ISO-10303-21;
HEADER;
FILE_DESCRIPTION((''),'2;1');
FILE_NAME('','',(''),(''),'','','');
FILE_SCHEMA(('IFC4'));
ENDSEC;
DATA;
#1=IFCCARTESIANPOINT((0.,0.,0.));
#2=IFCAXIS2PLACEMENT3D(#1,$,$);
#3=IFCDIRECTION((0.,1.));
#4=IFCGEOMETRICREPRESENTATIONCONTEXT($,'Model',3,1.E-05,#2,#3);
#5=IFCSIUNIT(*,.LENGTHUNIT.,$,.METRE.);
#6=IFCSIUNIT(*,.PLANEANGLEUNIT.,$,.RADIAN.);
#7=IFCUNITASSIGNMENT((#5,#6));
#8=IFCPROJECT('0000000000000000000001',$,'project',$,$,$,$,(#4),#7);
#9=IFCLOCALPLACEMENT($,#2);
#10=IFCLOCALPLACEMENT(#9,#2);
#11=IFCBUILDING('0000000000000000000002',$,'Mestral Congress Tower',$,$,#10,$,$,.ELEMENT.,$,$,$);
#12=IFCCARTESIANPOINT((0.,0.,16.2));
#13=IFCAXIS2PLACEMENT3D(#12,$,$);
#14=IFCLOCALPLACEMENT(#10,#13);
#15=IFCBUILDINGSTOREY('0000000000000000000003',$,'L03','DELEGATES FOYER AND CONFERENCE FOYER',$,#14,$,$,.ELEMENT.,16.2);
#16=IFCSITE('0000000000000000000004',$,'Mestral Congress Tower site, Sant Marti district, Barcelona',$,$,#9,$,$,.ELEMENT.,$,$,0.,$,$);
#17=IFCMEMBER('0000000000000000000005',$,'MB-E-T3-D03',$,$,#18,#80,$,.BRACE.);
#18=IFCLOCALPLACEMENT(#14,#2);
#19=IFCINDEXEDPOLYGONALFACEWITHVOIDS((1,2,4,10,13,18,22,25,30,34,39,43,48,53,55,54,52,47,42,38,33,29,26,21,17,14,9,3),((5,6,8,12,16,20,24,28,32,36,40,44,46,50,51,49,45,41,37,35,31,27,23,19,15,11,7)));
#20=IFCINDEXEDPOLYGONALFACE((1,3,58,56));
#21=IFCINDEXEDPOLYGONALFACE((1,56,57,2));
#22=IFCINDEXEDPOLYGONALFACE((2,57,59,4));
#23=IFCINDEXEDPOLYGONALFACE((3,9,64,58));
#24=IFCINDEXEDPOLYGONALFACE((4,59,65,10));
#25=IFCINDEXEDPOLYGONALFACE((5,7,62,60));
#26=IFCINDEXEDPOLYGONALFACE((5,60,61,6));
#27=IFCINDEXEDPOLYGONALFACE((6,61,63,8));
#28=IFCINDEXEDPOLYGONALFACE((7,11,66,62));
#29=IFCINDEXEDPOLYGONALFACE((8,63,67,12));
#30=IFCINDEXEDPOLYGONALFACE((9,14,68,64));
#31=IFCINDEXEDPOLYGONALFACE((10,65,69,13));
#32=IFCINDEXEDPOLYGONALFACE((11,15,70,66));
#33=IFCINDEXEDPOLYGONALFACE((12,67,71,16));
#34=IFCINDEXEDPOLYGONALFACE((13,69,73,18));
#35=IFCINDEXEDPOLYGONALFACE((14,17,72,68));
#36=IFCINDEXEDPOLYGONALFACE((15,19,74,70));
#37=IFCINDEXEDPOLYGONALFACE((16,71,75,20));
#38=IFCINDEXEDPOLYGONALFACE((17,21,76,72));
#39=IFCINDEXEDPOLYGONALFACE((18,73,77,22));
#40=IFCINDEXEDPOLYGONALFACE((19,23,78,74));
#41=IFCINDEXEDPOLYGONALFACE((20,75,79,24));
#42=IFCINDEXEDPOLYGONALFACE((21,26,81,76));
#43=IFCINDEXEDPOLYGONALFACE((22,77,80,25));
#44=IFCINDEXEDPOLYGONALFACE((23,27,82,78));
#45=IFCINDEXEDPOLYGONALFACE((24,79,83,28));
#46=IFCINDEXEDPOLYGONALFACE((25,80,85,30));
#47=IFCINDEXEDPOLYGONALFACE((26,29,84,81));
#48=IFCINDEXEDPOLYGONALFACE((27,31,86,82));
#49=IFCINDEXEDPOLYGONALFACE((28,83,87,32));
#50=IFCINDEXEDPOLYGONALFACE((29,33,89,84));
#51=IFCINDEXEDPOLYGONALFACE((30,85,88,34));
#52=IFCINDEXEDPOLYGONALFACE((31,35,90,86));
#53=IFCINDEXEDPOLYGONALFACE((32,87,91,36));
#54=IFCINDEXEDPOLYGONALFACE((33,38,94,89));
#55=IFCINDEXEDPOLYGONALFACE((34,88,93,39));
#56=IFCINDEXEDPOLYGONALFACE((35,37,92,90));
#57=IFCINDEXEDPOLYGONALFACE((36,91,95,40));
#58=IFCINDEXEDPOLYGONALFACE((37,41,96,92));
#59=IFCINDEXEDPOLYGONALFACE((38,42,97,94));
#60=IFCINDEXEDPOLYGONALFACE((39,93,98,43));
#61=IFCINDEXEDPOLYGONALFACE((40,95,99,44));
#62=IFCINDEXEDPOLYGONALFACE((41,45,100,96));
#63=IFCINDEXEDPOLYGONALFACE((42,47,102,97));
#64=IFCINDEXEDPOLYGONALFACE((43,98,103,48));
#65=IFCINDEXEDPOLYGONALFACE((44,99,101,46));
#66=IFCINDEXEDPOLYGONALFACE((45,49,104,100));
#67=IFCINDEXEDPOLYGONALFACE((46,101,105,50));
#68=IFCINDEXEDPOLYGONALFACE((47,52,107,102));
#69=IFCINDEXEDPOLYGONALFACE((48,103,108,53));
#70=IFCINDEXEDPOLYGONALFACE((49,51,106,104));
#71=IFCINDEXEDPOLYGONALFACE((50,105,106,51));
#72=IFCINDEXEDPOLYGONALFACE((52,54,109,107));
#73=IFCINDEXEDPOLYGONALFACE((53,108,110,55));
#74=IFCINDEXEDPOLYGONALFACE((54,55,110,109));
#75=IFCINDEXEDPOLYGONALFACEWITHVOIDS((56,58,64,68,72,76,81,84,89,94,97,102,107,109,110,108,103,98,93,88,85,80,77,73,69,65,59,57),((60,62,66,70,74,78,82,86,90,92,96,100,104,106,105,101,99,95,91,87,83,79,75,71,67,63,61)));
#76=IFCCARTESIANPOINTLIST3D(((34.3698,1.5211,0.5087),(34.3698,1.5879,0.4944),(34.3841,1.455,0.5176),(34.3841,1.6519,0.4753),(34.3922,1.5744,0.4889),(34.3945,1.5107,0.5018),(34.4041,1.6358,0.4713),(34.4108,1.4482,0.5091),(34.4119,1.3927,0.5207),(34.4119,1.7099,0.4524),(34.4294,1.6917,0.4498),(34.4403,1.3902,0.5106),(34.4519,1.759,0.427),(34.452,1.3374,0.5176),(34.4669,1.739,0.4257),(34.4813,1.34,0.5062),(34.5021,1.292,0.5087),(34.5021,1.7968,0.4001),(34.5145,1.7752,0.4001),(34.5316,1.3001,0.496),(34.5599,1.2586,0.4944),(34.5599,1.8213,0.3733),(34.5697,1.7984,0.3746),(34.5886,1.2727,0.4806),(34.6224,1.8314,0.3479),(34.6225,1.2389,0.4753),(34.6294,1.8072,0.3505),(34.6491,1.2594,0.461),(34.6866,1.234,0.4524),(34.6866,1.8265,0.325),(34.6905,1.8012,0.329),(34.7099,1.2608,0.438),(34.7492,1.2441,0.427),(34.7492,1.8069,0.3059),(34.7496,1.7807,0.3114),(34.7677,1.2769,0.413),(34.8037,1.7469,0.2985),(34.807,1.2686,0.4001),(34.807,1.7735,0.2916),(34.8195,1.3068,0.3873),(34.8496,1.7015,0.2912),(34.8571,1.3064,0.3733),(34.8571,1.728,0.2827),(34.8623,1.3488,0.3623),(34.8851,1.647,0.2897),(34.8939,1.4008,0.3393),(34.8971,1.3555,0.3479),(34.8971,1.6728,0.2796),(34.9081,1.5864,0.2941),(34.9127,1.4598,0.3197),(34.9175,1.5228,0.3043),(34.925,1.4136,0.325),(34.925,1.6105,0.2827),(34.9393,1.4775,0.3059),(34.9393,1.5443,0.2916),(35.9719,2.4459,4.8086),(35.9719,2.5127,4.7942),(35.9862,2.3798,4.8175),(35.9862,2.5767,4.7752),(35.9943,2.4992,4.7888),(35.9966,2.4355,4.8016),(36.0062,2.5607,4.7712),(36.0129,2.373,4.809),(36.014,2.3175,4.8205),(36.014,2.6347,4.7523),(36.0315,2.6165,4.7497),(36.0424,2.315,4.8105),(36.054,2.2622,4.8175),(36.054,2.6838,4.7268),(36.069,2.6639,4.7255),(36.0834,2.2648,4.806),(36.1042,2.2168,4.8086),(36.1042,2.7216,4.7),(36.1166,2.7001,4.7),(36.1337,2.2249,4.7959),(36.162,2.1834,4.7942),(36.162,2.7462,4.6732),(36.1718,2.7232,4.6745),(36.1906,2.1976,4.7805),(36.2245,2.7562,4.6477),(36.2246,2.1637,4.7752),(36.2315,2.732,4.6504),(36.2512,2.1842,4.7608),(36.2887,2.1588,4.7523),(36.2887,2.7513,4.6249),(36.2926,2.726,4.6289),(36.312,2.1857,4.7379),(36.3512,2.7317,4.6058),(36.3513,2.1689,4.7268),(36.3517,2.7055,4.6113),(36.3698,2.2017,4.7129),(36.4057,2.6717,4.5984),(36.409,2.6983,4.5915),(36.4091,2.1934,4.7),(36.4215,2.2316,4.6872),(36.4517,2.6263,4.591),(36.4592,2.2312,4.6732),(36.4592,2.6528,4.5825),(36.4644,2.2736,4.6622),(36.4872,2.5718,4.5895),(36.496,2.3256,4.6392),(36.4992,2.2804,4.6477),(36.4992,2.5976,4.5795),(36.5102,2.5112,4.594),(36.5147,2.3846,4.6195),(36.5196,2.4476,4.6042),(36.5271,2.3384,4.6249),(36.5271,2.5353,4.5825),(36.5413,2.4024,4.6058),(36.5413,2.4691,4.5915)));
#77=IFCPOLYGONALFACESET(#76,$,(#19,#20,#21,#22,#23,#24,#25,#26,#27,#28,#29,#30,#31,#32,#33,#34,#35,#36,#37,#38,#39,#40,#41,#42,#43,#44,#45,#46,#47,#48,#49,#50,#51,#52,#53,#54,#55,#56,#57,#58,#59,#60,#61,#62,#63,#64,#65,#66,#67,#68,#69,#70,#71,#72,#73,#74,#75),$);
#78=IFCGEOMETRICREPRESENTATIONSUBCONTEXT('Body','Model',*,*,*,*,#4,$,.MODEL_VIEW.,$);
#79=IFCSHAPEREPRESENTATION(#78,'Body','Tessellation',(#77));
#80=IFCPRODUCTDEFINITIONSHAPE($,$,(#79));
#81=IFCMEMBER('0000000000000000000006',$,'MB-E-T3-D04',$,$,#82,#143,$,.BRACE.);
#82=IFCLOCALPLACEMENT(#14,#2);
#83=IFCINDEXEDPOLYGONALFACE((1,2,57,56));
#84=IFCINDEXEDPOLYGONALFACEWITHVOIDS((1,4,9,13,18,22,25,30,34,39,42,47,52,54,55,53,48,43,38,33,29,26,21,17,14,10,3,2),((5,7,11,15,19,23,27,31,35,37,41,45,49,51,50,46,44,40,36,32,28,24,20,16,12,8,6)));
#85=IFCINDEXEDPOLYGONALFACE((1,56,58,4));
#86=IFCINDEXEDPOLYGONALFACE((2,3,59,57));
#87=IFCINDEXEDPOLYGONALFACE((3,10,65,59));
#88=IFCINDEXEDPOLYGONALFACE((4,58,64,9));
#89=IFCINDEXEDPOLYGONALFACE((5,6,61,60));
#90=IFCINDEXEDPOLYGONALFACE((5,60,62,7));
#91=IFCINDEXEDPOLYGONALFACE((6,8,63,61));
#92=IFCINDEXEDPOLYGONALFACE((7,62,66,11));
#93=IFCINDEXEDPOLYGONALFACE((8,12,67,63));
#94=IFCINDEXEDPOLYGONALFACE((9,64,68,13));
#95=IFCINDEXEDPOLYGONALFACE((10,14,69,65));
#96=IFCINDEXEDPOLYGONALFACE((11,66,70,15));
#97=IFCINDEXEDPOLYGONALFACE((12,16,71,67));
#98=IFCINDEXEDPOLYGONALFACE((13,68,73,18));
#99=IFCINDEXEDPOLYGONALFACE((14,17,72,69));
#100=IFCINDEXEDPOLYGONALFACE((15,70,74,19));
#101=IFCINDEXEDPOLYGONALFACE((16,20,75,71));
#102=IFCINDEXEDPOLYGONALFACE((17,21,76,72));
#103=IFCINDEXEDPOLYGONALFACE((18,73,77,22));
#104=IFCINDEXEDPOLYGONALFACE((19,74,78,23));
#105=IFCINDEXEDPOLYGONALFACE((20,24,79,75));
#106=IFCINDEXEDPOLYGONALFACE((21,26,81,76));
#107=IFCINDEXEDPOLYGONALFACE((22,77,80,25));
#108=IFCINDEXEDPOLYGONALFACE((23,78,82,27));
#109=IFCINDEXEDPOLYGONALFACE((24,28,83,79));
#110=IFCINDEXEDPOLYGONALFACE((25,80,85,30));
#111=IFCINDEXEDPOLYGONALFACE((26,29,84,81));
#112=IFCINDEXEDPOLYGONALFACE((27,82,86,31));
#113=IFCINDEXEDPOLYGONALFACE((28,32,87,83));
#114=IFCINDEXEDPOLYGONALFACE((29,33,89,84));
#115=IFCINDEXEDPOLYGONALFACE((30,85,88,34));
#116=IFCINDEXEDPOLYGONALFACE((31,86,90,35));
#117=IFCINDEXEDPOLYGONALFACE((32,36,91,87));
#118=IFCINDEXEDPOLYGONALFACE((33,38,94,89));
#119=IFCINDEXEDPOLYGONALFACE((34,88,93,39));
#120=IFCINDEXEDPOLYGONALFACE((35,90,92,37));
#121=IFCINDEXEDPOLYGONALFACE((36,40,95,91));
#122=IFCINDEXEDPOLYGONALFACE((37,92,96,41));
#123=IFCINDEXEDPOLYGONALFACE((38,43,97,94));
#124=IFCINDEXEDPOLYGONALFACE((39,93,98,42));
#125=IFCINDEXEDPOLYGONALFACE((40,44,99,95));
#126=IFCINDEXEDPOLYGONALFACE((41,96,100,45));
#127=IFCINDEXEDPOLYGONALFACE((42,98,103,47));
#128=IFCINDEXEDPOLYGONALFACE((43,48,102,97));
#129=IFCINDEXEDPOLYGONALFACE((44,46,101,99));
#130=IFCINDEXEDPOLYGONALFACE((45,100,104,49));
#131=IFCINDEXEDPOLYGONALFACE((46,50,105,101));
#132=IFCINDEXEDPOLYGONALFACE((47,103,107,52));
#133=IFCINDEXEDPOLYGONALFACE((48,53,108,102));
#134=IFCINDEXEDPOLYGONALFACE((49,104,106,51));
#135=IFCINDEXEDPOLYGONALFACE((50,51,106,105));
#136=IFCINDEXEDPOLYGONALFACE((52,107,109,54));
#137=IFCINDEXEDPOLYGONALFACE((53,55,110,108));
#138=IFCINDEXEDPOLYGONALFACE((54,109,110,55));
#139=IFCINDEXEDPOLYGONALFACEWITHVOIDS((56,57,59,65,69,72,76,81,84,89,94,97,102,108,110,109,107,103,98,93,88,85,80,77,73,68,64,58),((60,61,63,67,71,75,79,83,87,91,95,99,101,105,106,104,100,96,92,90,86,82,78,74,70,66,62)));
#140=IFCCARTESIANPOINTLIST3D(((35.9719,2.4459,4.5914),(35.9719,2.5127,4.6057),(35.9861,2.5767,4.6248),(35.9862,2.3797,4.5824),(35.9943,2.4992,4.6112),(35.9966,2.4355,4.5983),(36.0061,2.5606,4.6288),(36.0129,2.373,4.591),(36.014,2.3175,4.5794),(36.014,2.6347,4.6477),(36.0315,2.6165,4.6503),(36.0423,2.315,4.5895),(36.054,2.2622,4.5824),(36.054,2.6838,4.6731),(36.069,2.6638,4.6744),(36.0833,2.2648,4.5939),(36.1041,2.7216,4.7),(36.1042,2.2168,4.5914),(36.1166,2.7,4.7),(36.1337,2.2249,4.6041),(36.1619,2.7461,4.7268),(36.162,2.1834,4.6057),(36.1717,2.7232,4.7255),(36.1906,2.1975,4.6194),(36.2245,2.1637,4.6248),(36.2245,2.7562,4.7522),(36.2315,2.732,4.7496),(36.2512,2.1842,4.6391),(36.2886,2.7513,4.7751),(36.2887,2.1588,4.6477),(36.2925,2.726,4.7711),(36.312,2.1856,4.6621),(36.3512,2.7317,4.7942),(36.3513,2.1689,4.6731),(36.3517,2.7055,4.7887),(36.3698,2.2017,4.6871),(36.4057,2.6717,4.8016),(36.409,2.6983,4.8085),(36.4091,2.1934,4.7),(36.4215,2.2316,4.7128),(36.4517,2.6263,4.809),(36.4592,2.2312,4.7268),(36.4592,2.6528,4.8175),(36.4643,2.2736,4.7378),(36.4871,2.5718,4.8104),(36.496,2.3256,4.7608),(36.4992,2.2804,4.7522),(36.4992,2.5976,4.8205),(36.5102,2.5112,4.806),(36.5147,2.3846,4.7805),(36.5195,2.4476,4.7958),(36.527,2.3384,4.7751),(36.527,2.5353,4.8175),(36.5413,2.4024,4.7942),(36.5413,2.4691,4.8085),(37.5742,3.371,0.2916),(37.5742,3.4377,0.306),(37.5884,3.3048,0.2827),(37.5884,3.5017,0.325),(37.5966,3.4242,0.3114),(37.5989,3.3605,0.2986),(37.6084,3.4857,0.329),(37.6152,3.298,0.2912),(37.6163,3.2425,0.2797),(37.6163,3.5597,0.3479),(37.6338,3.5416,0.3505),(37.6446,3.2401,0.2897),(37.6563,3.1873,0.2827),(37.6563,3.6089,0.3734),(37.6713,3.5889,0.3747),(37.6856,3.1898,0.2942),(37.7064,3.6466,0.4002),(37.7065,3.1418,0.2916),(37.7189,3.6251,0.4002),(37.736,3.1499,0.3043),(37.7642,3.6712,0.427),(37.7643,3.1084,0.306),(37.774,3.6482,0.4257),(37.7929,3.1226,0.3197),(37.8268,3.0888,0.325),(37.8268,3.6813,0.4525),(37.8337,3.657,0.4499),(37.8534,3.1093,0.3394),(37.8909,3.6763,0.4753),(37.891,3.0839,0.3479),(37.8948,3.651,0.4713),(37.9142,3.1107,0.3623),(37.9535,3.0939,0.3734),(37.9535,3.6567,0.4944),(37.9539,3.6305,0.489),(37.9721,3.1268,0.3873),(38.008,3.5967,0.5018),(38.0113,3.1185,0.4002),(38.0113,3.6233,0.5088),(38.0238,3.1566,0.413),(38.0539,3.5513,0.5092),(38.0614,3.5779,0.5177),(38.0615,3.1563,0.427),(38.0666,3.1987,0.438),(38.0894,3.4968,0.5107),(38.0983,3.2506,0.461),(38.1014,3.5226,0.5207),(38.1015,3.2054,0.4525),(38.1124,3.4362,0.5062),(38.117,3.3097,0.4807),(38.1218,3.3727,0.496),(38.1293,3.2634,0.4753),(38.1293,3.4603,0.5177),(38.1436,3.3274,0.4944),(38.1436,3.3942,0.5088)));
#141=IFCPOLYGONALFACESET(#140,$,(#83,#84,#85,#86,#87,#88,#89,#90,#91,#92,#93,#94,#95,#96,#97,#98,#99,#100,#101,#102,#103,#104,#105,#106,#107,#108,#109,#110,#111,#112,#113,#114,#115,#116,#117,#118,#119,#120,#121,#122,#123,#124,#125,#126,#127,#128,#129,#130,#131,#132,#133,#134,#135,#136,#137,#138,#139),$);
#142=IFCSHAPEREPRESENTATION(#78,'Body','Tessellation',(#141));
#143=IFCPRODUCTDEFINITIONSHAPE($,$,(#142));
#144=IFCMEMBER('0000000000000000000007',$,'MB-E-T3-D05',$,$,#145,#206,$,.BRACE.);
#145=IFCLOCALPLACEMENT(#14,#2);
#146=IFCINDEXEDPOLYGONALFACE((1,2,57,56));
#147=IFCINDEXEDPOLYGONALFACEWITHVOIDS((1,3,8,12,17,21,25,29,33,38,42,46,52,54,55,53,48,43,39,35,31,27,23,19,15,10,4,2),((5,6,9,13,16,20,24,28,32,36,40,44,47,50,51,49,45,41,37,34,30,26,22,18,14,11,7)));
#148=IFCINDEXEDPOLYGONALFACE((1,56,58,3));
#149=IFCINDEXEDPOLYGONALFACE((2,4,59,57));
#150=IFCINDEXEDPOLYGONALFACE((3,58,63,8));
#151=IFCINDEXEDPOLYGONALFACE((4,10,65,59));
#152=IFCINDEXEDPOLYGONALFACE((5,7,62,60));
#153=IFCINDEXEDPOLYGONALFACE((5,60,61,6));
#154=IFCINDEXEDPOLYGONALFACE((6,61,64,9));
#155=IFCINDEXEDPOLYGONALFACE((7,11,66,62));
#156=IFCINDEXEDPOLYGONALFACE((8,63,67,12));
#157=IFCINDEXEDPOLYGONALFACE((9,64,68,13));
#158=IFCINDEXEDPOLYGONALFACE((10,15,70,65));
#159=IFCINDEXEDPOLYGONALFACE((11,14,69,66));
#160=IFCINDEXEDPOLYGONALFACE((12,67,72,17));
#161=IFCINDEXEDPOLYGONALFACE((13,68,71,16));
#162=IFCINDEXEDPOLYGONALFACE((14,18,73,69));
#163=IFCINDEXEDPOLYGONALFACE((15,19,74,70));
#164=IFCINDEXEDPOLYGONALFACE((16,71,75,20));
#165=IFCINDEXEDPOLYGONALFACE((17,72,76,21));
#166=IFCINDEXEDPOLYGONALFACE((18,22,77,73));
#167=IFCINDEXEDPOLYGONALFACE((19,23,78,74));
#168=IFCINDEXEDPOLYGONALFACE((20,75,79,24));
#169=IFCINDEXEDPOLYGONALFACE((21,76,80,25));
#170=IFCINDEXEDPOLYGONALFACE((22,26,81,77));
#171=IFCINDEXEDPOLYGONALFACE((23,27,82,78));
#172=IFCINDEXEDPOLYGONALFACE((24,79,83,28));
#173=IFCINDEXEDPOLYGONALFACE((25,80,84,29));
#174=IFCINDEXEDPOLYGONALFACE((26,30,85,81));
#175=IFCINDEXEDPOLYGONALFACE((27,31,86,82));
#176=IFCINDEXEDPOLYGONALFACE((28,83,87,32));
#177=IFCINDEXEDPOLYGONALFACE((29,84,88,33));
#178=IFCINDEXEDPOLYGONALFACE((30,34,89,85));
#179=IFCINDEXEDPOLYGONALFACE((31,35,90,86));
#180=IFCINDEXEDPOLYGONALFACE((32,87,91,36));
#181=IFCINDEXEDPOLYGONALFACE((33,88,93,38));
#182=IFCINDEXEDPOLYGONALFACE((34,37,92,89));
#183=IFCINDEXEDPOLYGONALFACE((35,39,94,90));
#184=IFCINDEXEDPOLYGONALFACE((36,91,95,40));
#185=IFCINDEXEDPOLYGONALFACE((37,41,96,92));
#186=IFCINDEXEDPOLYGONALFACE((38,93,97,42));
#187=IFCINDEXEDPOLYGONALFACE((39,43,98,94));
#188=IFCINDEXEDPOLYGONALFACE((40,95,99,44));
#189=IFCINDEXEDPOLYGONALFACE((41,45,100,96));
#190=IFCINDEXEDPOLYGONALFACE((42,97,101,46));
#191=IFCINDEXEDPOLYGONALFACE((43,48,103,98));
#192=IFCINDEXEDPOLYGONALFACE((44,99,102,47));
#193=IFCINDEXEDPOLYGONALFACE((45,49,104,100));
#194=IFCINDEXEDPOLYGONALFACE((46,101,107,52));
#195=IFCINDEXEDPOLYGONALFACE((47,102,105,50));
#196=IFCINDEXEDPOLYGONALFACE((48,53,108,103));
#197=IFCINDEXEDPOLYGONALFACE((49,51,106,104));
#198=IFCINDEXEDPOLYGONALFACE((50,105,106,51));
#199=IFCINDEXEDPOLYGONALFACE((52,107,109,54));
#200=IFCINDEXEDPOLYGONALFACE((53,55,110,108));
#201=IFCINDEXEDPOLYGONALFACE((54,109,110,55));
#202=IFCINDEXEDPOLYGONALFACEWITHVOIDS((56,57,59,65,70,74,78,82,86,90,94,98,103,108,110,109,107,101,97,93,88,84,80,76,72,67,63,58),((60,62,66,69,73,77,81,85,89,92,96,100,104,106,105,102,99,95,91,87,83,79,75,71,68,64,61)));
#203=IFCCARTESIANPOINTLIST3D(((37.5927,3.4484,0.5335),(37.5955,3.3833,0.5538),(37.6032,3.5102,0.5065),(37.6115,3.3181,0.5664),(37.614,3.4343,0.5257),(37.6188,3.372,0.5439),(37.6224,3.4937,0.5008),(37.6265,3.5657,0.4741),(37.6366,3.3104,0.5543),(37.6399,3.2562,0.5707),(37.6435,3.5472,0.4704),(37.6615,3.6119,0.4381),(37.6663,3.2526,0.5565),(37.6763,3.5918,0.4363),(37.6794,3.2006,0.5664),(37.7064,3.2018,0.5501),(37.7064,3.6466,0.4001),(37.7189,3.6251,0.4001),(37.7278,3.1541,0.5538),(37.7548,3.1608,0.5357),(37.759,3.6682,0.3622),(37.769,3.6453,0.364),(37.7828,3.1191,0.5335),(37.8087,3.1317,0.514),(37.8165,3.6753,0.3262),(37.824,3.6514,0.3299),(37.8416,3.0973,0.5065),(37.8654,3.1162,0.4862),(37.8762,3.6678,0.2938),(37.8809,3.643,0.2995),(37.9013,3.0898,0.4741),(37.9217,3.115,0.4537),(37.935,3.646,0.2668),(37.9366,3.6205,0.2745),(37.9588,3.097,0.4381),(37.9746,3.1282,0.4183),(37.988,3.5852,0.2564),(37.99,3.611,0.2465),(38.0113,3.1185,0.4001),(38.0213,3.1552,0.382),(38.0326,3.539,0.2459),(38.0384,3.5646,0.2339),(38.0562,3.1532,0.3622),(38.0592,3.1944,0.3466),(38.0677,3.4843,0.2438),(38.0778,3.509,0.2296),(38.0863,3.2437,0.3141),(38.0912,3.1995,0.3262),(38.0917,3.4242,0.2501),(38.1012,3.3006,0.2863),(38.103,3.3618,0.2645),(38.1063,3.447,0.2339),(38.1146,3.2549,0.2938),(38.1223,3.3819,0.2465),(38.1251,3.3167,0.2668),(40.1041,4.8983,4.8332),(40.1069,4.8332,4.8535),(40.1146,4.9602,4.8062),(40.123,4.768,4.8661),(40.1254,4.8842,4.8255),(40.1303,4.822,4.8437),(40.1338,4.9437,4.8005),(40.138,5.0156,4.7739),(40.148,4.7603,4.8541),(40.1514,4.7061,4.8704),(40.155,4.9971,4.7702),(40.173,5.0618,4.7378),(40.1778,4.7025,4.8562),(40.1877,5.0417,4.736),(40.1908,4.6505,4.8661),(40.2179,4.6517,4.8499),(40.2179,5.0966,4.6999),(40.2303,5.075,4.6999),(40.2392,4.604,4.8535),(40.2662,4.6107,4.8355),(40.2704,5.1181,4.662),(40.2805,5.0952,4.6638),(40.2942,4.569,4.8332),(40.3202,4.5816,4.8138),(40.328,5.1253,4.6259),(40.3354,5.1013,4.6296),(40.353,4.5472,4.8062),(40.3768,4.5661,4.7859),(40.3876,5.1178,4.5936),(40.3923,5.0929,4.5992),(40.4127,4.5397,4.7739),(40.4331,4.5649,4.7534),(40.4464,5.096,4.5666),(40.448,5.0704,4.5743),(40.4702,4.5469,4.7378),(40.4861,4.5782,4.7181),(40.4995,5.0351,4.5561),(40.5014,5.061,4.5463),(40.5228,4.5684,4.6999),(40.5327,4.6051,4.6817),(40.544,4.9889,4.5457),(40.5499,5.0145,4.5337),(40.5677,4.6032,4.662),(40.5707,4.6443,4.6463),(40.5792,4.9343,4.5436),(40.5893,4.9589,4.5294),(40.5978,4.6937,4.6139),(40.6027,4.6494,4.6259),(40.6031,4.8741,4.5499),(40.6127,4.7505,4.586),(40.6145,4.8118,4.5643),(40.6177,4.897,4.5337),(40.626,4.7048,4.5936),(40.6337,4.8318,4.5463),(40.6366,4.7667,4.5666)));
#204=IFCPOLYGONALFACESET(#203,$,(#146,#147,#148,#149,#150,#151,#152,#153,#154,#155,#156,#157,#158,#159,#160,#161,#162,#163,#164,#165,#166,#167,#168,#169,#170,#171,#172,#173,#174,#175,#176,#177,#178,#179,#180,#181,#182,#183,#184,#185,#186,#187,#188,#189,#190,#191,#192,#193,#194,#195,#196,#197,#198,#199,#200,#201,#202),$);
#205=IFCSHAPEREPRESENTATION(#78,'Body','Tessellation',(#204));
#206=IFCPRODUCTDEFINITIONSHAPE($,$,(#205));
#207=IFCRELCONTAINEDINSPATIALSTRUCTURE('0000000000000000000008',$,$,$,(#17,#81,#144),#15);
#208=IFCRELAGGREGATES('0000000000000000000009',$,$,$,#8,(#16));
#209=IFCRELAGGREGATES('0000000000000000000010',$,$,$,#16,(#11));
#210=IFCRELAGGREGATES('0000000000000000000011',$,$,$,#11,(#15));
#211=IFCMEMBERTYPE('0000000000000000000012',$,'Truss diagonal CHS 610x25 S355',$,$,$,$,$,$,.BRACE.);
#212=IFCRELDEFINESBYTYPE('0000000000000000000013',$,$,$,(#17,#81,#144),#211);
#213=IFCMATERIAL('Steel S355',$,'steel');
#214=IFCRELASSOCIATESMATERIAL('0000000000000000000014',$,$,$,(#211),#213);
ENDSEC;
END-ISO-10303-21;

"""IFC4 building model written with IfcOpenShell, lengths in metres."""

from ifc_helpers import new_model, si_unit, direction, frame, origin, origin_2d, place, context, subcontext, project, spatial, hollow_circle, extrude, material, material_profile, profile_set, type_object, element, save


model = new_model("IFC4")

# Units and contexts
model_context = context("Model", 3, precision=1e-05, world=origin(), true_north=direction((0.0, 1.0)))
body_context = subcontext(model_context, "Body", "Model", "MODEL_VIEW")
ifc_project = project(units=[si_unit("LENGTHUNIT", "METRE"), si_unit("PLANEANGLEUNIT", "RADIAN")], contexts=[model_context])

# Site, building, storey
site_placement = place(None, origin())
site = spatial("IfcSite", under=ifc_project, at=site_placement, Name="Mestral Congress Tower site, Sant Marti district, Barcelona", CompositionType="ELEMENT", RefElevation=0.0)
building_placement = place(site_placement, origin())
building = spatial("IfcBuilding", under=site, at=building_placement, Name="Mestral Congress Tower", CompositionType="ELEMENT")
storey_placement = place(building_placement, frame((0.0, 0.0, 16.2)))
storey = spatial("IfcBuildingStorey", under=building, at=storey_placement, Name="L03", Description="DELEGATES FOYER AND CONFERENCE FOYER", CompositionType="ELEMENT", Elevation=16.2)

# Members
ifc_material_1 = material(Name="Steel S355", Category="steel")
ifc_material_profile_1 = material_profile(ifc_material_1, hollow_circle(Radius=0.3049, WallThickness=0.0249, at=origin_2d()), Name="CHS 610x25")
ifc_profile_set_1 = profile_set([ifc_material_profile_1], Name="Steel S355")
member_type_1 = type_object("IfcMemberType", Name="Truss diagonal CHS 610x25 S355", PredefinedType="BRACE", material=ifc_profile_set_1)
for number, where, z_axis, x_axis, name in (
    (1, (34.6545, 1.5327, 0.4001), (0.342258, 0.197573, 0.918599), (-0.499943, 0.866058, 0.0), "MB-E-T3-D03"),
    (2, (36.2566, 2.4575, 4.7), (0.342301, 0.197619, -0.918573), (-0.499985, 0.866034, 0.0), "MB-E-T3-D04"),
):
    element("IfcMember", number, at=place(storey_placement, frame(where, z_axis=z_axis, x_axis=x_axis)), inside=storey, type_object=member_type_1, Name=name, PredefinedType="BRACE", context=body_context, shape_type="SweptSolid", body=[
        extrude(hollow_circle(Radius=0.3049, WallThickness=0.0249, at=origin_2d()), origin(), (0.0, 0.0, 1.0), 4.6809),
    ])
member_1_placement = place(storey_placement, frame((37.8589, 3.3826, 0.4001), z_axis=(0.484247, 0.279571, 0.829062), x_axis=(-0.499987, 0.866033, 0.0)))
element("IfcMember", 3, at=member_1_placement, inside=storey, type_object=member_type_1, Name="MB-E-T3-D05", PredefinedType="BRACE", context=body_context, shape_type="SweptSolid", body=[
    extrude(hollow_circle(Radius=0.3049, WallThickness=0.0249, at=origin_2d()), origin(), (0.0, 0.0, 1.0), 5.1863),
])

save(model, "model.ifc")
